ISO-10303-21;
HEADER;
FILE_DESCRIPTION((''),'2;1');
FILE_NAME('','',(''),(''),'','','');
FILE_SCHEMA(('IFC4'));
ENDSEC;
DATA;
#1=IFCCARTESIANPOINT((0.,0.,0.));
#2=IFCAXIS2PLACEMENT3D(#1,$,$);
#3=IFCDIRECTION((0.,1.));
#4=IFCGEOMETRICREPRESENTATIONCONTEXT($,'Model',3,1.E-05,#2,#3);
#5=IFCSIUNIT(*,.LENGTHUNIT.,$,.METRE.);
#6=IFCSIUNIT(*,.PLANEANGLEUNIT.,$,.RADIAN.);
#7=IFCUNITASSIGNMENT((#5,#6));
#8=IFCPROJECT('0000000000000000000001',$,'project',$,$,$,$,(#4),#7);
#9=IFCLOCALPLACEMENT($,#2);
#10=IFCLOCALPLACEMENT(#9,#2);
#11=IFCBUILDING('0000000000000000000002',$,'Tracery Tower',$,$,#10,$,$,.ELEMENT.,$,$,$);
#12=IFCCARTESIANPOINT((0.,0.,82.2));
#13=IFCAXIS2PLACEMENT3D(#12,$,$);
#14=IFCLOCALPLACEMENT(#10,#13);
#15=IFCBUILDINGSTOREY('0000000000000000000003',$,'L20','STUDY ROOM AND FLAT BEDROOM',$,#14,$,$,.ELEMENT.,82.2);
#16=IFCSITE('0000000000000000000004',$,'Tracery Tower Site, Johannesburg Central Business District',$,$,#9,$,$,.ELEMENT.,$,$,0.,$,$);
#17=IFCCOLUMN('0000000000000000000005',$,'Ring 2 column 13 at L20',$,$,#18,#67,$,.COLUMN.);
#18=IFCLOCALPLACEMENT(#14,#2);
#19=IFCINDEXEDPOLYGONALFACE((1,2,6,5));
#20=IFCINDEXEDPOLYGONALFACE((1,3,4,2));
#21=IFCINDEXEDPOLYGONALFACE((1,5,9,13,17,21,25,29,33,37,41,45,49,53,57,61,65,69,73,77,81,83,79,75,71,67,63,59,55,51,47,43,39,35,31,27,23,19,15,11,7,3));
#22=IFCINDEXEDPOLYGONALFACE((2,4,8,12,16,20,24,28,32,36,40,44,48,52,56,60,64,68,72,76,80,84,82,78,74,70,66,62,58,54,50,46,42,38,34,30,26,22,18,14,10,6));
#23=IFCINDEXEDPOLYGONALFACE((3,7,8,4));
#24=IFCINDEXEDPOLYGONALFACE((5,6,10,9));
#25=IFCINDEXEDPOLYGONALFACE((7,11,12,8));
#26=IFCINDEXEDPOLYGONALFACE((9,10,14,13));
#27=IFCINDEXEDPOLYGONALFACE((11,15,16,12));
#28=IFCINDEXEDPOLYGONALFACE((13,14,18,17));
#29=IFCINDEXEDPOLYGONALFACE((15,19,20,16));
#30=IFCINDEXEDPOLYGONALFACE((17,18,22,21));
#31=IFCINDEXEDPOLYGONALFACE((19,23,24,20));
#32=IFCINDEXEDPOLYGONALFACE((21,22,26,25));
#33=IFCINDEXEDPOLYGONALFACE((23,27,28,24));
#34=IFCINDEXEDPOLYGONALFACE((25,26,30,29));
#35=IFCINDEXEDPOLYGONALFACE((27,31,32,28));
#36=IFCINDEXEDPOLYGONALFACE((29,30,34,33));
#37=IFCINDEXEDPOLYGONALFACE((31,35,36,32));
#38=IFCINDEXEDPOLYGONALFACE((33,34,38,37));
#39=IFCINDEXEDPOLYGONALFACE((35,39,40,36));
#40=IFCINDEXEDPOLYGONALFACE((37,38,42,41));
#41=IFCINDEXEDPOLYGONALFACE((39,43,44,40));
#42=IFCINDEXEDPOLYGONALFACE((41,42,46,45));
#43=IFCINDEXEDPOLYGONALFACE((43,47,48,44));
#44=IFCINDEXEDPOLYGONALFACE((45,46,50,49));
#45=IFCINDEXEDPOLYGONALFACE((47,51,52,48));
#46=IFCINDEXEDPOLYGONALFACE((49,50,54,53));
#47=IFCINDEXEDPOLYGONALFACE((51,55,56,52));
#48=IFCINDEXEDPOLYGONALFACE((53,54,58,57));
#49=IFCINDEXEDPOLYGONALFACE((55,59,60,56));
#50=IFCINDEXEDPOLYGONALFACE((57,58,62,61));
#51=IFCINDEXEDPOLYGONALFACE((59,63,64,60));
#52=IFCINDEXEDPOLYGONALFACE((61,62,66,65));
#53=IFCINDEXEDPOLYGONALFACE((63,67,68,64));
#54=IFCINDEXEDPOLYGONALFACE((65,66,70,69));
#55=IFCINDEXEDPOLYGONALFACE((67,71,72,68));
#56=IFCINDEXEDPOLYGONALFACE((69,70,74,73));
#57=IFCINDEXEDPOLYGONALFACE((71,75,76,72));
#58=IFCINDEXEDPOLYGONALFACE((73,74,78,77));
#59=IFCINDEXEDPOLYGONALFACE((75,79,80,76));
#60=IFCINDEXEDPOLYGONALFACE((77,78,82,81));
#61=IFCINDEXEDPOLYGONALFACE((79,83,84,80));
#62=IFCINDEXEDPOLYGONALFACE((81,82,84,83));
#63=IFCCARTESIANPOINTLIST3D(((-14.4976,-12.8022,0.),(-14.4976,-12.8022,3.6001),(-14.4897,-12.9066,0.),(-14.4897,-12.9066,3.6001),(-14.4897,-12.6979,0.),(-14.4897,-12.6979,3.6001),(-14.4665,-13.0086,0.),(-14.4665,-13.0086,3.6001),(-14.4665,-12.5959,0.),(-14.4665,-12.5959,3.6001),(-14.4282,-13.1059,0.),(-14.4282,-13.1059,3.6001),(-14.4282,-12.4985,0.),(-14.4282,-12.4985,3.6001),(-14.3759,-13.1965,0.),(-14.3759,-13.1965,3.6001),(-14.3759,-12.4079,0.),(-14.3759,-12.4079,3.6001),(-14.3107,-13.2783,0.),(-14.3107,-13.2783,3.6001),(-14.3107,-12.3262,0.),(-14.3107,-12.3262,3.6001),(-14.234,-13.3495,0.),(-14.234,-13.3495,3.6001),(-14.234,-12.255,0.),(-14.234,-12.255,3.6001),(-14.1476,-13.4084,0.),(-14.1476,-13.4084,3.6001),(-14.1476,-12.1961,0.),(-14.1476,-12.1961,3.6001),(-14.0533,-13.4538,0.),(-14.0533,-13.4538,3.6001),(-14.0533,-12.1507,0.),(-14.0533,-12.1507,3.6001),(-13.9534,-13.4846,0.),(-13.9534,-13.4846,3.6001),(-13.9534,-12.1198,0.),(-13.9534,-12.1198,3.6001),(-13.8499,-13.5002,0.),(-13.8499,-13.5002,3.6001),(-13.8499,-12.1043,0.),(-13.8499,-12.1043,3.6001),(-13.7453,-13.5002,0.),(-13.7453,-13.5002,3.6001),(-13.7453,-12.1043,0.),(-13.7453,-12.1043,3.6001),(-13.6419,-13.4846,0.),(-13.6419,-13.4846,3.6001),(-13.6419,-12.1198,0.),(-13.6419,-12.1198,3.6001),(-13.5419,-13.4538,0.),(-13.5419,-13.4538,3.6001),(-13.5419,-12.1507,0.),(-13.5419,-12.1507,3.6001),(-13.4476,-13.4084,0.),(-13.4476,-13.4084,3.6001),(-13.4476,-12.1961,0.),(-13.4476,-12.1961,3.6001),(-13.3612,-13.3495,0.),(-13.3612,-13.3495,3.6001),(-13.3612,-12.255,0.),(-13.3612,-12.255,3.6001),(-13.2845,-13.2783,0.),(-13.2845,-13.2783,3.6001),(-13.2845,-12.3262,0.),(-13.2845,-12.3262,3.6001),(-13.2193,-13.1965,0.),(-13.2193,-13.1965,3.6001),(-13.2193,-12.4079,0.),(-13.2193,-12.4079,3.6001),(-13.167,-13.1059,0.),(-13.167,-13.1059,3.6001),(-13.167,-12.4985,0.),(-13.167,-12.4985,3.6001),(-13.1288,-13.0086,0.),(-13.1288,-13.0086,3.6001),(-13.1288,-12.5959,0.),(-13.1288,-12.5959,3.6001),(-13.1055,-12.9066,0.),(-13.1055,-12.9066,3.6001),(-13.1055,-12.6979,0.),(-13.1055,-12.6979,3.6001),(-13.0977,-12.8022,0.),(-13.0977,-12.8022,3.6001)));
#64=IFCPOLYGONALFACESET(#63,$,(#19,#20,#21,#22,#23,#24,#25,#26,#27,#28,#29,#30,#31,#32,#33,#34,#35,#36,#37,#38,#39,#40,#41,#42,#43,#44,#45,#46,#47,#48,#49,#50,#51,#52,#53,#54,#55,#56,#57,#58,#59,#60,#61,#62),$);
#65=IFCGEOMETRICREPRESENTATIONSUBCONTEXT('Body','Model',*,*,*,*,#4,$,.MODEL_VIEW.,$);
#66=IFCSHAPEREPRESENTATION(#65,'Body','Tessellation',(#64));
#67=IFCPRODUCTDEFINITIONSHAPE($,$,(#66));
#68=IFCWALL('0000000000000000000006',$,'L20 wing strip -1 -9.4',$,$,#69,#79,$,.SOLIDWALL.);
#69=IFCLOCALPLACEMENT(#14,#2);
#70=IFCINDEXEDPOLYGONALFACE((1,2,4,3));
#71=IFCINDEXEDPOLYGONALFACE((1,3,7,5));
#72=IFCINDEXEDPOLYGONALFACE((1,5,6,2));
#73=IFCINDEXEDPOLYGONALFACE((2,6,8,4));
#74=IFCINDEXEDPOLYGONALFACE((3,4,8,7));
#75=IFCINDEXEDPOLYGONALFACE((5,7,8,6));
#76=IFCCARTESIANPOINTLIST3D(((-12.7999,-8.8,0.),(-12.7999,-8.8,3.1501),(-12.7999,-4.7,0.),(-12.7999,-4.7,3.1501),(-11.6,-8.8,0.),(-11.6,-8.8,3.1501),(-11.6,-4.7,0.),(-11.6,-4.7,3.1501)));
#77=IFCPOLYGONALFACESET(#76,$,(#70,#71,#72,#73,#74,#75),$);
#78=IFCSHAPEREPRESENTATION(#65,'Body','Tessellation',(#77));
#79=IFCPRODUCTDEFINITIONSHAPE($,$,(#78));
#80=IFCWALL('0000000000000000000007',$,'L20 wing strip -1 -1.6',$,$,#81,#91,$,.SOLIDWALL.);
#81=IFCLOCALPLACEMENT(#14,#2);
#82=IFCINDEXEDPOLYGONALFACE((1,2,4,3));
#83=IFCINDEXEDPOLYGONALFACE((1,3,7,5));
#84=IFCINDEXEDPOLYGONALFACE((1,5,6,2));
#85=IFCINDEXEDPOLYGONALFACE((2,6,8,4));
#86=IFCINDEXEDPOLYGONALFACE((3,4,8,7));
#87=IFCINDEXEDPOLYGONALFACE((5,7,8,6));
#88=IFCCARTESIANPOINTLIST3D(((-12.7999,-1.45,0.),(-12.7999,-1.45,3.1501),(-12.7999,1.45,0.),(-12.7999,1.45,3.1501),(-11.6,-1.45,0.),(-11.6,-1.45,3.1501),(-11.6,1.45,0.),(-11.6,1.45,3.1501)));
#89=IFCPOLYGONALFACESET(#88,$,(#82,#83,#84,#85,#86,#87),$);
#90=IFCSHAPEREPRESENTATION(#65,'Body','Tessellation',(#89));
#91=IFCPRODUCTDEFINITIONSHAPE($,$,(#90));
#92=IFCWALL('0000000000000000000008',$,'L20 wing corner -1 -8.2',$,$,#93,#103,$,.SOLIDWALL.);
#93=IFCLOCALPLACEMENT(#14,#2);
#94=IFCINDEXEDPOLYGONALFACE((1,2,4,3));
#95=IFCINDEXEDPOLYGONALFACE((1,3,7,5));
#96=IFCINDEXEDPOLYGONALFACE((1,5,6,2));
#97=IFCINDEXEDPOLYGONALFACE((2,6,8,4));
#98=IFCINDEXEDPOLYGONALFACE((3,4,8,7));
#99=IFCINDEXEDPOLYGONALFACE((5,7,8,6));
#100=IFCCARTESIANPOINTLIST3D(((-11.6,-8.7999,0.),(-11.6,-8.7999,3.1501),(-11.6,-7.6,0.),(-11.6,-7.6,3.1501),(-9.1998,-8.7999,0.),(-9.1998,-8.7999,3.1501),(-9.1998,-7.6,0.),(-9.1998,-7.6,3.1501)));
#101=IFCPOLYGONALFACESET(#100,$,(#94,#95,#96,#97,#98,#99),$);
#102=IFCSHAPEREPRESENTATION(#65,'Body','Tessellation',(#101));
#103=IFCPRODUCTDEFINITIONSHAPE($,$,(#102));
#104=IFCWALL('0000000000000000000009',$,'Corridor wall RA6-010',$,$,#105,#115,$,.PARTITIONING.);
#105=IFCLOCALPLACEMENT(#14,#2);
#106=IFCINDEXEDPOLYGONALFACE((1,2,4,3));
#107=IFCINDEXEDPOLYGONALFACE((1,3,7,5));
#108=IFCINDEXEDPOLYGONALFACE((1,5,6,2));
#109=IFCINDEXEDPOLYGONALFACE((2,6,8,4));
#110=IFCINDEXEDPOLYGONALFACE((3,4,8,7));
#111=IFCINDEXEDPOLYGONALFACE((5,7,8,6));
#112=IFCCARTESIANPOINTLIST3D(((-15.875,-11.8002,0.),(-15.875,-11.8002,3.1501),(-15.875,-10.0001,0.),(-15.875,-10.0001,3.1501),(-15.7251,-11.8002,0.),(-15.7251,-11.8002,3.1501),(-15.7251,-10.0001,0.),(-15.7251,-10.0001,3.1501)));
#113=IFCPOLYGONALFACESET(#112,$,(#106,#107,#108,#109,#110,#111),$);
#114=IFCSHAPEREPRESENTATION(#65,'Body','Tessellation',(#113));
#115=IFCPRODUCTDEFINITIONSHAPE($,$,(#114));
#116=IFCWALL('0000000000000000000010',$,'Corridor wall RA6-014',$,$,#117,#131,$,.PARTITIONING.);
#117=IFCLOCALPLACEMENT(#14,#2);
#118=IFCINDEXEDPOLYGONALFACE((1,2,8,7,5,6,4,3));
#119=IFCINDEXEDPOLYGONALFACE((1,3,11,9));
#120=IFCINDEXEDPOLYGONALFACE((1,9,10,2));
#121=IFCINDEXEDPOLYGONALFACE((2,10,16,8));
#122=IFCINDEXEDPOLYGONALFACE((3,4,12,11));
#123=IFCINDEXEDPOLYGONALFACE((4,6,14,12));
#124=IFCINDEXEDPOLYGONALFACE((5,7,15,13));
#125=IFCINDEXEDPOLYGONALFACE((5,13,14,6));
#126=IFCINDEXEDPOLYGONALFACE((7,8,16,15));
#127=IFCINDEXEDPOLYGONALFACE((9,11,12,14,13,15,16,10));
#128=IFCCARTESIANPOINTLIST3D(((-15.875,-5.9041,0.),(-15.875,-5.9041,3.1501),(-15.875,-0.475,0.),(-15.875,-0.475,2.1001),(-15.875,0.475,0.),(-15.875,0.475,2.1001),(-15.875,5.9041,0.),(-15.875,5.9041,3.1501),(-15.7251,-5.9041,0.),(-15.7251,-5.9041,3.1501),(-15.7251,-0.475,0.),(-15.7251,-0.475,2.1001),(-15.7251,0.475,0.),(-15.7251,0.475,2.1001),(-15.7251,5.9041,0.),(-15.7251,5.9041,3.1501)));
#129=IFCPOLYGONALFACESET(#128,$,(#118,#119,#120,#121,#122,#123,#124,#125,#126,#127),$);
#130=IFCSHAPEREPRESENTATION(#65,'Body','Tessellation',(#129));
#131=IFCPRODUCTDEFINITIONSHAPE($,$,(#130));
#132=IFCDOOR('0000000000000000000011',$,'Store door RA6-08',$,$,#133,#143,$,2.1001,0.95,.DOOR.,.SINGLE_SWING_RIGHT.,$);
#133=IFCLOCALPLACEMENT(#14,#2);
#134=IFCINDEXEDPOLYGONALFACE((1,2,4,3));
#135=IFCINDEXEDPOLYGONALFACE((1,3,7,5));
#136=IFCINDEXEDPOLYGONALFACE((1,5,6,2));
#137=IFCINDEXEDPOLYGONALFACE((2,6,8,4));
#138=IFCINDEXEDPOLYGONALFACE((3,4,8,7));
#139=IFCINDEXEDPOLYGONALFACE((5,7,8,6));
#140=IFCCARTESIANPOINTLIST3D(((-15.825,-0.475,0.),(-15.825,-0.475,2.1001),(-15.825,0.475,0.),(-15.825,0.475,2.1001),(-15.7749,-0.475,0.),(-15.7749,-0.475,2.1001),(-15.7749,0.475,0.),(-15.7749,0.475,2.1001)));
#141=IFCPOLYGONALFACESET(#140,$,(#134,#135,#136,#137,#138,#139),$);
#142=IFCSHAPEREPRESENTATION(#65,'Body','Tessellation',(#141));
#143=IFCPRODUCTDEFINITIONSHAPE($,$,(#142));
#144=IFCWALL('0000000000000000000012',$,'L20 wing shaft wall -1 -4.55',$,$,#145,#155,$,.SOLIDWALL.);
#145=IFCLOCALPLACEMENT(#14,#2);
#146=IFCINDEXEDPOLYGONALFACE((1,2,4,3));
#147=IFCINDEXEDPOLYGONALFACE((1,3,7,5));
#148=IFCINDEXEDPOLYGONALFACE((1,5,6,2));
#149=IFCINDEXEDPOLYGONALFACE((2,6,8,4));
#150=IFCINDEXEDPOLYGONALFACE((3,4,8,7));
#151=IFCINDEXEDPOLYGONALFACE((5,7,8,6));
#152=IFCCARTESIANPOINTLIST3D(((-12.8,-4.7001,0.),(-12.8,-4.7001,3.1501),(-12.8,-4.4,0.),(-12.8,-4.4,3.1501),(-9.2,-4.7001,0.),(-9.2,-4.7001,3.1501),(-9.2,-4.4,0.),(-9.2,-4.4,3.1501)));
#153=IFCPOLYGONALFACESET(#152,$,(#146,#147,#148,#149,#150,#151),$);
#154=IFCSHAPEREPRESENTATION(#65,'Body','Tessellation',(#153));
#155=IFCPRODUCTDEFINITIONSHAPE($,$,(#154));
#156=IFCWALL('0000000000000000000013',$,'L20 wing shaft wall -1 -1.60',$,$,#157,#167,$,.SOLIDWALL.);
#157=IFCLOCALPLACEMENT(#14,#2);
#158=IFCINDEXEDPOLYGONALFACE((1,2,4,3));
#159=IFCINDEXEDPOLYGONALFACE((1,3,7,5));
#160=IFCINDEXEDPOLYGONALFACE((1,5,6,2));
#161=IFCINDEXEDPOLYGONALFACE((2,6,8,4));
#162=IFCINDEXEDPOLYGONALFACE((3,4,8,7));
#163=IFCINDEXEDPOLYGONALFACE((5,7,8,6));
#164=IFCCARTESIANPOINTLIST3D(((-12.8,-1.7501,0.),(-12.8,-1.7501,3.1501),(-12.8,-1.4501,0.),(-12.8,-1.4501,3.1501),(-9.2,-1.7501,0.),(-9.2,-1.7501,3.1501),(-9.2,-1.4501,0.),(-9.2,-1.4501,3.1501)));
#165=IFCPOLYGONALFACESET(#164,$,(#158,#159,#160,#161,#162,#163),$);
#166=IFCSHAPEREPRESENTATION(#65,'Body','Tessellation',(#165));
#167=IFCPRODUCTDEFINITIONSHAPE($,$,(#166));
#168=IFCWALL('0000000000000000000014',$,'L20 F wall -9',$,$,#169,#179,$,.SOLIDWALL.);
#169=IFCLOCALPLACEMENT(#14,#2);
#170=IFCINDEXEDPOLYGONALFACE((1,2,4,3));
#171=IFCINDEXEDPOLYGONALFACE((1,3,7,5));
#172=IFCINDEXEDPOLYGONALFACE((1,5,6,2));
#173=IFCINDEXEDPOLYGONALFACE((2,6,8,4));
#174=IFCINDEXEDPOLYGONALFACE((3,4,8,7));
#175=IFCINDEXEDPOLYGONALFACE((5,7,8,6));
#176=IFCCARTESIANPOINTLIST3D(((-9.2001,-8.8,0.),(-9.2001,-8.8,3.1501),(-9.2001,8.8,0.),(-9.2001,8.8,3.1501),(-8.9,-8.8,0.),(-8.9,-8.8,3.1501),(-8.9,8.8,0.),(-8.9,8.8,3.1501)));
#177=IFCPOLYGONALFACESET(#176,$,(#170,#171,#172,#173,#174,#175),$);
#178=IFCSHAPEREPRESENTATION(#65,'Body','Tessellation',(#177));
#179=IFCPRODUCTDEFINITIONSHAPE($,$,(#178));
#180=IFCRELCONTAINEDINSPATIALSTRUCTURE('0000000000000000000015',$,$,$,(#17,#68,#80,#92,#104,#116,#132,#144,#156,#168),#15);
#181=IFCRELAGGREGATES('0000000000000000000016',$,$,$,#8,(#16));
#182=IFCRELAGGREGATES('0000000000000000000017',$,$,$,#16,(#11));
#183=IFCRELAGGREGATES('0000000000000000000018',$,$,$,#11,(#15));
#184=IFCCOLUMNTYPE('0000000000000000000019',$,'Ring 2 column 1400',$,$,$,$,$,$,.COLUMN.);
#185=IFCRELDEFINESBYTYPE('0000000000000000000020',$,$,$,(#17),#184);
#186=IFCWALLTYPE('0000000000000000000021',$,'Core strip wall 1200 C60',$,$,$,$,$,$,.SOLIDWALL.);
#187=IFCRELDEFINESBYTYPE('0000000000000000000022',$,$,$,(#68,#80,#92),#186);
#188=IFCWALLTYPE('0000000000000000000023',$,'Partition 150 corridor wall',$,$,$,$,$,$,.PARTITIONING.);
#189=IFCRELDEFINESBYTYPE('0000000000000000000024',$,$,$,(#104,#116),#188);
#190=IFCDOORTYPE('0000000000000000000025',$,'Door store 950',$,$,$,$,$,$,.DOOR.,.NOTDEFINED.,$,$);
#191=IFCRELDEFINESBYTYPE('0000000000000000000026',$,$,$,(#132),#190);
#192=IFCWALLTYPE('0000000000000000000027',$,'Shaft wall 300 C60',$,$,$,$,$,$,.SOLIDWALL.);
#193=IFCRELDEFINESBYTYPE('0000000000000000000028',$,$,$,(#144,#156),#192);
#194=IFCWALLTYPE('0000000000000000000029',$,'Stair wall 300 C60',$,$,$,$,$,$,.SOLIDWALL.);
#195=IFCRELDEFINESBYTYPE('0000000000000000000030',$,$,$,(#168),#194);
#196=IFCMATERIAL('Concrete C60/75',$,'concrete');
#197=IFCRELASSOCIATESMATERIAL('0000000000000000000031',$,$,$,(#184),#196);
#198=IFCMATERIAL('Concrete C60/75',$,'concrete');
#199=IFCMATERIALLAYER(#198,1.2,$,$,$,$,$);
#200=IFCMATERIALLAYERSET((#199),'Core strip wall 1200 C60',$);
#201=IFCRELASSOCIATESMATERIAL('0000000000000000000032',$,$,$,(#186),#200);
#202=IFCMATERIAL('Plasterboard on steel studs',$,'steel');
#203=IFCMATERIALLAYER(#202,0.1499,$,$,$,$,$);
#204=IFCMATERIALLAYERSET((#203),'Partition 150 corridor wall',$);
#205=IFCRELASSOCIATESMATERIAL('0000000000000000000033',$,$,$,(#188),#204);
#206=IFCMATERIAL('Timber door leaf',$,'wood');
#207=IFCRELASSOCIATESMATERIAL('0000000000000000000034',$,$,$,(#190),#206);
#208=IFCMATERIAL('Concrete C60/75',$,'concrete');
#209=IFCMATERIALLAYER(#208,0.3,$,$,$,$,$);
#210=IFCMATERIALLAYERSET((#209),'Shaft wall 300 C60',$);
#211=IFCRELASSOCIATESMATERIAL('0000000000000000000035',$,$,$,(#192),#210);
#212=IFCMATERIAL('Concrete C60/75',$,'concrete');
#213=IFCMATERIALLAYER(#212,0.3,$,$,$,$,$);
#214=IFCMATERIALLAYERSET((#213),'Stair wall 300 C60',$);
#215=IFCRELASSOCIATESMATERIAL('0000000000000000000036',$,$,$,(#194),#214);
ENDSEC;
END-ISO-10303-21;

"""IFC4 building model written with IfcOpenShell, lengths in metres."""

from ifc_helpers import new_model, si_unit, direction, frame, frame_2d, origin, origin_2d, place, context, subcontext, project, spatial, rectangle, circle, extrude, material, layer, layer_set, material_profile, profile_set, type_object, element, fill, save


model = new_model("IFC4")

# Units and contexts
model_context = context("Model", 3, precision=1e-05, world=origin(), true_north=direction((0.0, 1.0)))
body_context = subcontext(model_context, "Body", "Model", "MODEL_VIEW")
ifc_project = project(units=[si_unit("LENGTHUNIT", "METRE"), si_unit("PLANEANGLEUNIT", "RADIAN")], contexts=[model_context])

# Site, building, storey
site_placement = place(None, origin())
site = spatial("IfcSite", under=ifc_project, at=site_placement, Name="Tracery Tower Site, Johannesburg Central Business District", CompositionType="ELEMENT", RefElevation=0.0)
building_placement = place(site_placement, origin())
building = spatial("IfcBuilding", under=site, at=building_placement, Name="Tracery Tower", CompositionType="ELEMENT")
storey_placement = place(building_placement, frame((0.0, 0.0, 82.2)))
storey = spatial("IfcBuildingStorey", under=building, at=storey_placement, Name="L20", Description="STUDY ROOM AND FLAT BEDROOM", CompositionType="ELEMENT", Elevation=82.2)

# Column
ifc_material_1 = material(Name="Concrete C60/75", Category="concrete")
ifc_material_profile = material_profile(ifc_material_1, circle(Radius=0.7, at=origin_2d()), Name="RC D1400")
ifc_profile_set = profile_set([ifc_material_profile], Name="Concrete C60/75")
column_type = type_object("IfcColumnType", Name="Ring 2 column 1400", PredefinedType="COLUMN", material=ifc_profile_set)
column_placement = place(storey_placement, frame((-13.7976, -12.8022, 0.0), z_axis=(0.0, 0.0, 1.0), x_axis=(1.0, 0.0, 0.0)))
element("IfcColumn", 1, at=column_placement, inside=storey, type_object=column_type, Name="Ring 2 column 13 at L20", PredefinedType="COLUMN", context=body_context, shape_type="SweptSolid", body=[
    extrude(circle(Radius=0.7, at=origin_2d()), origin(), (0.0, 0.0, 1.0), 3.6001),
])

# Walls
ifc_material_2 = material(Name="Concrete C60/75", Category="concrete")
ifc_layer_1 = layer(ifc_material_2, 1.2)
ifc_layer_set_1 = layer_set([ifc_layer_1], Name="Core strip wall 1200 C60")
wall_type_1 = type_object("IfcWallType", Name="Core strip wall 1200 C60", PredefinedType="SOLIDWALL", material=ifc_layer_set_1)
wall_1_placement = place(storey_placement, frame((-12.2, -8.8, 0.0), z_axis=(0.0, 0.0, 1.0), x_axis=(0.0, 1.0, 0.0)))
element("IfcWall", 2, at=wall_1_placement, inside=storey, type_object=wall_type_1, Name="L20 wing strip -1 -9.4", PredefinedType="SOLIDWALL", context=body_context, shape_type="SweptSolid", body=[
    extrude(rectangle(XDim=4.1001, YDim=1.2, at=frame_2d((2.05, 0.0))), origin(), (0.0, 0.0, 1.0), 3.1501),
])
wall_2_placement = place(storey_placement, frame((-12.2, -1.45, 0.0), z_axis=(0.0, 0.0, 1.0), x_axis=(0.0, 1.0, 0.0)))
element("IfcWall", 3, at=wall_2_placement, inside=storey, type_object=wall_type_1, Name="L20 wing strip -1 -1.6", PredefinedType="SOLIDWALL", context=body_context, shape_type="SweptSolid", body=[
    extrude(rectangle(XDim=2.8999, YDim=1.2, at=frame_2d((1.45, 0.0))), origin(), (0.0, 0.0, 1.0), 3.1501),
])
wall_3_placement = place(storey_placement, frame((-11.6001, -8.2, 0.0), z_axis=(0.0, 0.0, 1.0), x_axis=(1.0, 0.0, 0.0)))
element("IfcWall", 4, at=wall_3_placement, inside=storey, type_object=wall_type_1, Name="L20 wing corner -1 -8.2", PredefinedType="SOLIDWALL", context=body_context, shape_type="SweptSolid", body=[
    extrude(rectangle(XDim=2.4001, YDim=1.2, at=frame_2d((1.2002, 0.0))), origin(), (0.0, 0.0, 1.0), 3.1501),
])

# Wall
ifc_material_3 = material(Name="Plasterboard on steel studs", Category="steel")
ifc_layer_2 = layer(ifc_material_3, 0.1499)
ifc_layer_set_2 = layer_set([ifc_layer_2], Name="Partition 150 corridor wall")
wall_type_2 = type_object("IfcWallType", Name="Partition 150 corridor wall", PredefinedType="PARTITIONING", material=ifc_layer_set_2)
wall_4_placement = place(storey_placement, frame((-15.8, -11.8, 0.0), z_axis=(0.0, 0.0, 1.0), x_axis=(0.0, 1.0, 0.0)))
element("IfcWall", 5, at=wall_4_placement, inside=storey, type_object=wall_type_2, Name="Corridor wall RA6-010", PredefinedType="PARTITIONING", context=body_context, shape_type="SweptSolid", body=[
    extrude(rectangle(XDim=1.8, YDim=0.1499, at=frame_2d((0.8999, 0.0))), origin(), (0.0, 0.0, 1.0), 3.1501),
])

# Wall, opening, door
wall_5_placement = place(storey_placement, frame((-15.8, -5.9041, 0.0), z_axis=(0.0, 0.0, 1.0), x_axis=(0.0, 1.0, 0.0)))
wall_5 = element("IfcWall", 6, at=wall_5_placement, inside=storey, type_object=wall_type_2, Name="Corridor wall RA6-014", PredefinedType="PARTITIONING", context=body_context, shape_type="SweptSolid", body=[
    extrude(rectangle(XDim=11.8081, YDim=0.1499, at=frame_2d((5.9041, 0.0))), origin(), (0.0, 0.0, 1.0), 3.1501),
])
opening_1_placement = place(wall_5_placement, frame((5.429, 0.0, 0.0)))
opening_1 = element("IfcOpeningElement", 7, at=opening_1_placement, cuts=wall_5, PredefinedType="OPENING", context=body_context, shape_type="SweptSolid", body=[
    extrude(rectangle(XDim=0.95, YDim=2.1001, at=frame_2d((0.4751, 1.05))), frame((0.0, 0.075, 0.0), z_axis=(0.0, -1.0, 0.0), x_axis=(1.0, 0.0, 0.0)), (0.0, 0.0, 1.0), 0.1499),
])
ifc_material_4 = material(Name="Timber door leaf", Category="wood")
door_type_1 = type_object("IfcDoorType", Name="Door store 950", OperationType="NOTDEFINED", PredefinedType="DOOR", material=ifc_material_4)
door_1_placement = place(opening_1_placement, origin())
door_1 = element("IfcDoor", 8, at=door_1_placement, inside=storey, type_object=door_type_1, Name="Store door RA6-08", OperationType="SINGLE_SWING_RIGHT", OverallHeight=2.1001, OverallWidth=0.95, PredefinedType="DOOR", context=body_context, shape_type="SweptSolid", body=[
    extrude(rectangle(XDim=0.95, YDim=2.1001, at=frame_2d((0.4751, 1.05))), frame((0.0, 0.0249, 0.0), z_axis=(0.0, -1.0, 0.0), x_axis=(1.0, 0.0, 0.0)), (0.0, 0.0, 1.0), 0.05),
])
fill(opening_1, door_1)

# Walls
ifc_material_5 = material(Name="Concrete C60/75", Category="concrete")
ifc_layer_3 = layer(ifc_material_5, 0.3)
ifc_layer_set_3 = layer_set([ifc_layer_3], Name="Shaft wall 300 C60")
wall_type_3 = type_object("IfcWallType", Name="Shaft wall 300 C60", PredefinedType="SOLIDWALL", material=ifc_layer_set_3)
for number, where, z_axis, x_axis, name in (
    (9, (-12.8, -4.55, 0.0), (0.0, 0.0, 1.0), (1.0, 0.0, 0.0), "L20 wing shaft wall -1 -4.55"),
    (10, (-12.8, -1.6001, 0.0), (0.0, 0.0, 1.0), (1.0, 0.0, 0.0), "L20 wing shaft wall -1 -1.60"),
):
    element("IfcWall", number, at=place(storey_placement, frame(where, z_axis=z_axis, x_axis=x_axis)), inside=storey, type_object=wall_type_3, Name=name, PredefinedType="SOLIDWALL", context=body_context, shape_type="SweptSolid", body=[
        extrude(rectangle(XDim=3.6001, YDim=0.3, at=frame_2d((1.8, 0.0))), origin(), (0.0, 0.0, 1.0), 3.1501),
    ])
ifc_material_6 = material(Name="Concrete C60/75", Category="concrete")
ifc_layer_4 = layer(ifc_material_6, 0.3)
ifc_layer_set_4 = layer_set([ifc_layer_4], Name="Stair wall 300 C60")
wall_type_4 = type_object("IfcWallType", Name="Stair wall 300 C60", PredefinedType="SOLIDWALL", material=ifc_layer_set_4)
wall_6_placement = place(storey_placement, frame((-9.05, -8.8, 0.0), z_axis=(0.0, 0.0, 1.0), x_axis=(0.0, 1.0, 0.0)))
element("IfcWall", 11, at=wall_6_placement, inside=storey, type_object=wall_type_4, Name="L20 F wall -9", PredefinedType="SOLIDWALL", context=body_context, shape_type="SweptSolid", body=[
    extrude(rectangle(XDim=17.6001, YDim=0.3, at=frame_2d((8.8, 0.0))), origin(), (0.0, 0.0, 1.0), 3.1501),
])

save(model, "model.ifc")
